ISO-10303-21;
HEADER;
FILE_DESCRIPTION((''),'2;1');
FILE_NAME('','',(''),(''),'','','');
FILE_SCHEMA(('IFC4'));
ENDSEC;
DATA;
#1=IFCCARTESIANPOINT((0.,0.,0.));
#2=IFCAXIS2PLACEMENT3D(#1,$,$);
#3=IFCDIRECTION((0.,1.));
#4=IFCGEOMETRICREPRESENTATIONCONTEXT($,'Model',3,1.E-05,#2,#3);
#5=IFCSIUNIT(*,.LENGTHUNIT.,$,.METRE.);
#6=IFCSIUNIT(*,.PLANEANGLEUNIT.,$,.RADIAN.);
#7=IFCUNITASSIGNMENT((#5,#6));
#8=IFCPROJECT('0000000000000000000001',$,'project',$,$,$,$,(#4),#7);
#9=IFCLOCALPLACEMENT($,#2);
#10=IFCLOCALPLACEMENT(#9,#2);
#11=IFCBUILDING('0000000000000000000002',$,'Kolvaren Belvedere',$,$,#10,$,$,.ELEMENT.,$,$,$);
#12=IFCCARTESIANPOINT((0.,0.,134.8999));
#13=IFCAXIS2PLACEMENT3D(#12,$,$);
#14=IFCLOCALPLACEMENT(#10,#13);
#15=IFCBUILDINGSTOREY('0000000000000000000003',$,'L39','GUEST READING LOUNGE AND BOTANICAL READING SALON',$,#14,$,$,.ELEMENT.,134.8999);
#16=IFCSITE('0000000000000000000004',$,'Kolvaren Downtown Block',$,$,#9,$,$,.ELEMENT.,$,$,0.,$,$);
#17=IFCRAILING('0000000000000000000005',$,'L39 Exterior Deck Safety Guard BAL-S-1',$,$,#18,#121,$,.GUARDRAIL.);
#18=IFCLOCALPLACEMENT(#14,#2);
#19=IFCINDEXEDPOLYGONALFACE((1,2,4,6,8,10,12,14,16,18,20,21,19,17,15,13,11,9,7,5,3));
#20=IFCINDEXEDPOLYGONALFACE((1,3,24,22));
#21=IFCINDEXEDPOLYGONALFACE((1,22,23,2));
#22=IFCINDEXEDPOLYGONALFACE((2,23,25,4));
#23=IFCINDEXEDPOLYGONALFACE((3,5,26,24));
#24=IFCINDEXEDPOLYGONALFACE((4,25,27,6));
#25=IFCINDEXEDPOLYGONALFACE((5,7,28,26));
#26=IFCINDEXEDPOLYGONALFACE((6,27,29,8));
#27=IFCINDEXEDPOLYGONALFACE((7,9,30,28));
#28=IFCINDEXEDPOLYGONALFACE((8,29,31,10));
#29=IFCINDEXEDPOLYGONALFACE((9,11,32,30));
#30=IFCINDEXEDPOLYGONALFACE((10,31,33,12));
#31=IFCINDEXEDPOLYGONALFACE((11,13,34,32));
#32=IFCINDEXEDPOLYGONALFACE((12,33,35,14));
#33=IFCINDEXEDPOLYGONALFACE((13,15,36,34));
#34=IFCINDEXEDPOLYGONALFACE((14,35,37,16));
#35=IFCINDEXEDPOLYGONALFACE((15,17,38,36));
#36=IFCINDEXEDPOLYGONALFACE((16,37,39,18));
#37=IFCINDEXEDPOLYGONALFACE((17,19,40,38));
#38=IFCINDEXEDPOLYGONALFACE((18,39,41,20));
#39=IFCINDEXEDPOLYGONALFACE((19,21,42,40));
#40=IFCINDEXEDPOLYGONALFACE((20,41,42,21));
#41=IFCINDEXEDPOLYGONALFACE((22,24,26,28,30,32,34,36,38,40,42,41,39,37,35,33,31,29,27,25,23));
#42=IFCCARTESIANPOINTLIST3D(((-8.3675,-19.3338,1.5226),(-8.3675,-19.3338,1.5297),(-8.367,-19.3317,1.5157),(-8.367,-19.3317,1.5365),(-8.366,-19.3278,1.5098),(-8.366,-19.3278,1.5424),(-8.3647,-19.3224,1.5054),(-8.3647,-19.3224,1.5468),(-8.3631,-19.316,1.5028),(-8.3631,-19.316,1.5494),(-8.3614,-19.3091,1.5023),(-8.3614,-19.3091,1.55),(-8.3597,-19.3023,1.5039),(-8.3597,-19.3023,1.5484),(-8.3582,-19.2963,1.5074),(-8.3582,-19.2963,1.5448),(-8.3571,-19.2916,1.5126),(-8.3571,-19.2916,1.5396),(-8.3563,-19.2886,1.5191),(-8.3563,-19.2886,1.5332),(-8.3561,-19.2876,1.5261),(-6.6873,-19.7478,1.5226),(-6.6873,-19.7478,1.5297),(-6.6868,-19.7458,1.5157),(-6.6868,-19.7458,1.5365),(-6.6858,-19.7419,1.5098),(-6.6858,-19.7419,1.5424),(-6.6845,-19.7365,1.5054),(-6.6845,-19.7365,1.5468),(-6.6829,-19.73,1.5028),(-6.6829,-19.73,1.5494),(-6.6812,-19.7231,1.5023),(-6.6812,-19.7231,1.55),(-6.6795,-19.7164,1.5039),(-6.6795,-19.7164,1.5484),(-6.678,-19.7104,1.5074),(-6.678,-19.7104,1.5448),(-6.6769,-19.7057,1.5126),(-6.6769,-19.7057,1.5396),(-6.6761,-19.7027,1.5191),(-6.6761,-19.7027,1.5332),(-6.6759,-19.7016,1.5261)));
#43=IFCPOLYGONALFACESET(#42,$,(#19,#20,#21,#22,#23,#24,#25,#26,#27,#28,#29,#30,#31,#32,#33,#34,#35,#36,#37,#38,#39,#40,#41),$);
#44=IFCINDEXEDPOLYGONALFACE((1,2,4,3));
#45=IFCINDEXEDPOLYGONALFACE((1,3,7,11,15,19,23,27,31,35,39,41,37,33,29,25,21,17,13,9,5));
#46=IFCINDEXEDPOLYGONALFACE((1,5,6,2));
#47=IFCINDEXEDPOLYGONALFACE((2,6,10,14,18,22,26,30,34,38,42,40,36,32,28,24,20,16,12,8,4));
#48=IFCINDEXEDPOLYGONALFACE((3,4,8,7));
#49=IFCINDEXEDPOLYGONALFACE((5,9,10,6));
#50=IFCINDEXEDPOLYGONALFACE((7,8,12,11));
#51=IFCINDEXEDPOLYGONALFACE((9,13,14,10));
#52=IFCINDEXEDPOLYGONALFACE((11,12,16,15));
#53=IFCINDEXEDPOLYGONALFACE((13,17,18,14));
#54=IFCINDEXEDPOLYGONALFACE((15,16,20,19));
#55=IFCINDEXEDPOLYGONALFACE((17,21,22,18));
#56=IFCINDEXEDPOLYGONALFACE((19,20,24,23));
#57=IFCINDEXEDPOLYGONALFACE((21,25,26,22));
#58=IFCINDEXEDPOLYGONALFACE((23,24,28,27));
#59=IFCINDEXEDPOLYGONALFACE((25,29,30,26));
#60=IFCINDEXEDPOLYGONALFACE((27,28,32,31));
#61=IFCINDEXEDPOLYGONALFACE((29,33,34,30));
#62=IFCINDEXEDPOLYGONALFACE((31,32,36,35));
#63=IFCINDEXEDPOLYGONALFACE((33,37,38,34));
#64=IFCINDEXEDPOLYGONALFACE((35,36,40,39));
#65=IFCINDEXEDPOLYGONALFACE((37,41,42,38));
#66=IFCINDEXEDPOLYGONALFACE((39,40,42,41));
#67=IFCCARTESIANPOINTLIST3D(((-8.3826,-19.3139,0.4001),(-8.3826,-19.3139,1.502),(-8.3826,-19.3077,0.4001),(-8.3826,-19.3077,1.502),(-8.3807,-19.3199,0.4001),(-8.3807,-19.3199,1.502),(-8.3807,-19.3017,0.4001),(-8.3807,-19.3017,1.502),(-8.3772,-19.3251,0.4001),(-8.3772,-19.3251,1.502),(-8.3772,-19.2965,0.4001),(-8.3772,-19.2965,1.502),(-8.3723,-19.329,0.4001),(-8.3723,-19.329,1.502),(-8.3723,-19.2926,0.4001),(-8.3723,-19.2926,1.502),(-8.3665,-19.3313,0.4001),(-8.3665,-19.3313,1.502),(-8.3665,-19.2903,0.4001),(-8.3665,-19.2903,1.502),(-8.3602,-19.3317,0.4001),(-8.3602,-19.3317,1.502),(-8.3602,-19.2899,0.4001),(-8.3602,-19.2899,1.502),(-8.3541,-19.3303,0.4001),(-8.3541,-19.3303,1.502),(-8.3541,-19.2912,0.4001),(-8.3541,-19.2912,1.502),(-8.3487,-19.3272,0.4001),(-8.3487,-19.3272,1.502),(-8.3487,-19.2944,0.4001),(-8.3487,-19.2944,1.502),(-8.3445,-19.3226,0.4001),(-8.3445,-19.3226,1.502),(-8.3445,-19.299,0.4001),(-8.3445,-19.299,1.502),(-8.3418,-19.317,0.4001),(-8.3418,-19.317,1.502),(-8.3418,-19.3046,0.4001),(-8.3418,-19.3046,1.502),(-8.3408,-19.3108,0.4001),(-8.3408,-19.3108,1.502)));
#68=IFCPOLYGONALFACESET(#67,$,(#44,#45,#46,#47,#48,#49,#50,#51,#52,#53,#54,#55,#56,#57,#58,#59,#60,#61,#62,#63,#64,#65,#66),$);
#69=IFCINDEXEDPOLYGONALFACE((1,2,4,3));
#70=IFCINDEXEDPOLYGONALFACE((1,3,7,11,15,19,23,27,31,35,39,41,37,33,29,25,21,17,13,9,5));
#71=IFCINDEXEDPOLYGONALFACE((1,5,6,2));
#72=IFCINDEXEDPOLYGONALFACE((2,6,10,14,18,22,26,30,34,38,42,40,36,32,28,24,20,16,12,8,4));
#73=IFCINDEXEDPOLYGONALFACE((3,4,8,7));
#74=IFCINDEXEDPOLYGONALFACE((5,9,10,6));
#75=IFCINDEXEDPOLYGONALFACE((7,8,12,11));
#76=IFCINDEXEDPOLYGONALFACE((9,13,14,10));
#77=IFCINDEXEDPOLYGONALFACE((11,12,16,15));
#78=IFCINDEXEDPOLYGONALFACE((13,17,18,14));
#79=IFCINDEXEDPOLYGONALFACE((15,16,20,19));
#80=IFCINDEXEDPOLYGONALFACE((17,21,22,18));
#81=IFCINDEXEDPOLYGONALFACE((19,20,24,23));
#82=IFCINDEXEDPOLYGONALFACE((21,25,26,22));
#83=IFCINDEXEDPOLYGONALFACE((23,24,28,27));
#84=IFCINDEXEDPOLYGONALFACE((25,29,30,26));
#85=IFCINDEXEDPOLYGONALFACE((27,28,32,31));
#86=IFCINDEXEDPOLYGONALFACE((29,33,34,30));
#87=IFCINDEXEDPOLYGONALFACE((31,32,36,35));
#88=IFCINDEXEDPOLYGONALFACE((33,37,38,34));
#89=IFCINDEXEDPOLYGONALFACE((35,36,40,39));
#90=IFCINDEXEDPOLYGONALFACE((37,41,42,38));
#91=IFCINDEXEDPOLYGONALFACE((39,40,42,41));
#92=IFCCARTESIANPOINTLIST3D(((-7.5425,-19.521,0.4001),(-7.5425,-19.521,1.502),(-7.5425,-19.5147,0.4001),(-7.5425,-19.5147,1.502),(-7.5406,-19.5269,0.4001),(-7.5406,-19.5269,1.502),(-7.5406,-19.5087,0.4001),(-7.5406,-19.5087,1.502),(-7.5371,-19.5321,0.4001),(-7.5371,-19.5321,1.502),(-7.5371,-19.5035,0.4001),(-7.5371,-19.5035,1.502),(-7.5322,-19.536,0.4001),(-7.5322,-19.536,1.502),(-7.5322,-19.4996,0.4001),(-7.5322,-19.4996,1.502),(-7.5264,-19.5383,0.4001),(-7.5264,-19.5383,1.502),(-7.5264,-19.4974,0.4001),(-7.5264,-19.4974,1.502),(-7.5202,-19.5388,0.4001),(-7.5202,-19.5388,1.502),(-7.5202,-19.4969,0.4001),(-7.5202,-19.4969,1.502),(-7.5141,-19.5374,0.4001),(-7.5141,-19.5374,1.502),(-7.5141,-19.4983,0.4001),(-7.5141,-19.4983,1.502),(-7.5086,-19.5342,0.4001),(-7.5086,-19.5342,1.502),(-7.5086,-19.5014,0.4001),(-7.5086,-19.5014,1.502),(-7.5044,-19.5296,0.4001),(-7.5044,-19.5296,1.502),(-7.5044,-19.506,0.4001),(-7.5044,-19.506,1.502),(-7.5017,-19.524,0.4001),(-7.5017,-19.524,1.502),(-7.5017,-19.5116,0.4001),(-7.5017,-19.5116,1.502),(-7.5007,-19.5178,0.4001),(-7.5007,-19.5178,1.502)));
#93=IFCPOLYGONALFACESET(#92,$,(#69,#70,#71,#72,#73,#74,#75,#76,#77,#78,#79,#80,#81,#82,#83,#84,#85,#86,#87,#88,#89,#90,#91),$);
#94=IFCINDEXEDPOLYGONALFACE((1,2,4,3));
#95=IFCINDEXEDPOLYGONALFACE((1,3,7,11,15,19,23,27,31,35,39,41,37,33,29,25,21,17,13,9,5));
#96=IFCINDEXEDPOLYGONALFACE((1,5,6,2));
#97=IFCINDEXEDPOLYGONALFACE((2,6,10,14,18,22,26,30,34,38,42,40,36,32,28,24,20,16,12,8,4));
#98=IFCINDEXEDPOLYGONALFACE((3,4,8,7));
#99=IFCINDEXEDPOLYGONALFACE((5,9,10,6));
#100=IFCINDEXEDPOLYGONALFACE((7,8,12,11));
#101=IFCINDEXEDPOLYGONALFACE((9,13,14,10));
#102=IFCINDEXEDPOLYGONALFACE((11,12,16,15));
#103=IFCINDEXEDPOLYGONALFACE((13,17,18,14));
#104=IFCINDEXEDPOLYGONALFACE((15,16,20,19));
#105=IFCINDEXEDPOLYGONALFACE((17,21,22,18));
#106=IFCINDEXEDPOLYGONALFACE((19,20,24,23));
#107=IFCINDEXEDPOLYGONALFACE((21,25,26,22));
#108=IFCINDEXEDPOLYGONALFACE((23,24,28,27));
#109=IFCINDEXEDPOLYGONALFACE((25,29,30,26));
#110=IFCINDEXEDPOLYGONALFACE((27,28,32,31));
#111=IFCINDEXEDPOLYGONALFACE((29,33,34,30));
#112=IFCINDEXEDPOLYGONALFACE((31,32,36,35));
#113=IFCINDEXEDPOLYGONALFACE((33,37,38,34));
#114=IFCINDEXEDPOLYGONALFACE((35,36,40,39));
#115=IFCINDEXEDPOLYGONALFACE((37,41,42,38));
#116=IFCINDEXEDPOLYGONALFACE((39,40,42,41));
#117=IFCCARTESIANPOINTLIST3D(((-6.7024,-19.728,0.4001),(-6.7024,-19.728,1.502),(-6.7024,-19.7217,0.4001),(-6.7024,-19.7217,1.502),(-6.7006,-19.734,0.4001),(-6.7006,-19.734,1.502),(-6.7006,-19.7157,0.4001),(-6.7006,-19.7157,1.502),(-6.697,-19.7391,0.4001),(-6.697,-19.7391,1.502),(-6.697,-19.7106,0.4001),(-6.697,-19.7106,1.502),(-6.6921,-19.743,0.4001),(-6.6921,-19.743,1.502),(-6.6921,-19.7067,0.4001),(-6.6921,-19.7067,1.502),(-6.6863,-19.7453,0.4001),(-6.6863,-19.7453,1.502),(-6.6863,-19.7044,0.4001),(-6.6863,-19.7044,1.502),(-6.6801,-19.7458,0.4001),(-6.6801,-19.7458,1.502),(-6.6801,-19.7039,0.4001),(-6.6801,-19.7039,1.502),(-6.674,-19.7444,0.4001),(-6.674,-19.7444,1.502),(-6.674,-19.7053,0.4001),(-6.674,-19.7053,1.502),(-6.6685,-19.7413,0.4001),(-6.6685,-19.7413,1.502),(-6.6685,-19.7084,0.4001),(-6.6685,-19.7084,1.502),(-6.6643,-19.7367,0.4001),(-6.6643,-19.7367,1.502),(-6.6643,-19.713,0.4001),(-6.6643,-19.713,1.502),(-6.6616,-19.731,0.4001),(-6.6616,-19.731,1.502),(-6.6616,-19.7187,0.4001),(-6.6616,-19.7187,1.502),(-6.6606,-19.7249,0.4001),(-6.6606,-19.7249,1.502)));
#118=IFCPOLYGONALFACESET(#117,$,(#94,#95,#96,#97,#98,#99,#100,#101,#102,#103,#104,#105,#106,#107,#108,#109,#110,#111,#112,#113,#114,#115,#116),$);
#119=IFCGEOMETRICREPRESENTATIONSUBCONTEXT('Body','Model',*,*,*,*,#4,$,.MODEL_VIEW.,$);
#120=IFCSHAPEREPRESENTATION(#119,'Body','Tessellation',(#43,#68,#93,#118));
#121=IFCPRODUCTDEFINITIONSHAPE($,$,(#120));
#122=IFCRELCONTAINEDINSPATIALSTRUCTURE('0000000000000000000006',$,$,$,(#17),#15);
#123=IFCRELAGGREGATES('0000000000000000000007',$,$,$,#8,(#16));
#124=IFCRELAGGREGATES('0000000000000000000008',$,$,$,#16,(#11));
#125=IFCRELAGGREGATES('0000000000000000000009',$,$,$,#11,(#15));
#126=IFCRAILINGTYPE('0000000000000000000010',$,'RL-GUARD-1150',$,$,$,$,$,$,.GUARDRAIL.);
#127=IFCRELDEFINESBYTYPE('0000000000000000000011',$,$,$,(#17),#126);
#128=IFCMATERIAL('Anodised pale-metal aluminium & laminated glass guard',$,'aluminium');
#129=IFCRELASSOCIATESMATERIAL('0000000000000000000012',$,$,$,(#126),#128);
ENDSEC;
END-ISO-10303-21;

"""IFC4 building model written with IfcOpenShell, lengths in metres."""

from ifc_helpers import new_model, si_unit, direction, frame, origin, origin_2d, place, context, subcontext, project, spatial, circle, extrude, material, type_object, element, save


model = new_model("IFC4")

# Units and contexts
model_context = context("Model", 3, precision=1e-05, world=origin(), true_north=direction((0.0, 1.0)))
body_context = subcontext(model_context, "Body", "Model", "MODEL_VIEW")
ifc_project = project(units=[si_unit("LENGTHUNIT", "METRE"), si_unit("PLANEANGLEUNIT", "RADIAN")], contexts=[model_context])

# Site, building, storey
site_placement = place(None, origin())
site = spatial("IfcSite", under=ifc_project, at=site_placement, Name="Kolvaren Downtown Block", CompositionType="ELEMENT", RefElevation=0.0)
building_placement = place(site_placement, origin())
building = spatial("IfcBuilding", under=site, at=building_placement, Name="Kolvaren Belvedere", CompositionType="ELEMENT")
storey_placement = place(building_placement, frame((0.0, 0.0, 134.8999)))
storey = spatial("IfcBuildingStorey", under=building, at=storey_placement, Name="L39", Description="GUEST READING LOUNGE AND BOTANICAL READING SALON", CompositionType="ELEMENT", Elevation=134.8999)

# Railing
ifc_material_1 = material(Name="Anodised pale-metal aluminium & laminated glass guard", Category="aluminium")
railing_type = type_object("IfcRailingType", Name="RL-GUARD-1150", PredefinedType="GUARDRAIL", material=ifc_material_1)
railing_1_placement = place(storey_placement, frame((-8.3618, -19.3108, 0.4001)))
element("IfcRailing", 1, at=railing_1_placement, inside=storey, type_object=railing_type, Name="L39 Exterior Deck Safety Guard BAL-S-1", PredefinedType="GUARDRAIL", context=body_context, shape_type="SweptSolid", body=[
    extrude(circle(Radius=0.0239, at=origin_2d()), frame((0.0, 0.0, 1.126), z_axis=(0.97095, -0.239281, 0.0), x_axis=(0.239281, 0.97095, 0.0)), (0.0, 0.0, 1.0), 1.7305),
    extrude(circle(Radius=0.021, at=origin_2d()), origin(), (0.0, 0.0, 1.0), 1.1018),
    extrude(circle(Radius=0.021, at=origin_2d()), frame((0.8401, -0.207, 0.0)), (0.0, 0.0, 1.0), 1.1018),
    extrude(circle(Radius=0.021, at=origin_2d()), frame((1.6802, -0.4141, 0.0)), (0.0, 0.0, 1.0), 1.1018),
])

save(model, "model.ifc")
